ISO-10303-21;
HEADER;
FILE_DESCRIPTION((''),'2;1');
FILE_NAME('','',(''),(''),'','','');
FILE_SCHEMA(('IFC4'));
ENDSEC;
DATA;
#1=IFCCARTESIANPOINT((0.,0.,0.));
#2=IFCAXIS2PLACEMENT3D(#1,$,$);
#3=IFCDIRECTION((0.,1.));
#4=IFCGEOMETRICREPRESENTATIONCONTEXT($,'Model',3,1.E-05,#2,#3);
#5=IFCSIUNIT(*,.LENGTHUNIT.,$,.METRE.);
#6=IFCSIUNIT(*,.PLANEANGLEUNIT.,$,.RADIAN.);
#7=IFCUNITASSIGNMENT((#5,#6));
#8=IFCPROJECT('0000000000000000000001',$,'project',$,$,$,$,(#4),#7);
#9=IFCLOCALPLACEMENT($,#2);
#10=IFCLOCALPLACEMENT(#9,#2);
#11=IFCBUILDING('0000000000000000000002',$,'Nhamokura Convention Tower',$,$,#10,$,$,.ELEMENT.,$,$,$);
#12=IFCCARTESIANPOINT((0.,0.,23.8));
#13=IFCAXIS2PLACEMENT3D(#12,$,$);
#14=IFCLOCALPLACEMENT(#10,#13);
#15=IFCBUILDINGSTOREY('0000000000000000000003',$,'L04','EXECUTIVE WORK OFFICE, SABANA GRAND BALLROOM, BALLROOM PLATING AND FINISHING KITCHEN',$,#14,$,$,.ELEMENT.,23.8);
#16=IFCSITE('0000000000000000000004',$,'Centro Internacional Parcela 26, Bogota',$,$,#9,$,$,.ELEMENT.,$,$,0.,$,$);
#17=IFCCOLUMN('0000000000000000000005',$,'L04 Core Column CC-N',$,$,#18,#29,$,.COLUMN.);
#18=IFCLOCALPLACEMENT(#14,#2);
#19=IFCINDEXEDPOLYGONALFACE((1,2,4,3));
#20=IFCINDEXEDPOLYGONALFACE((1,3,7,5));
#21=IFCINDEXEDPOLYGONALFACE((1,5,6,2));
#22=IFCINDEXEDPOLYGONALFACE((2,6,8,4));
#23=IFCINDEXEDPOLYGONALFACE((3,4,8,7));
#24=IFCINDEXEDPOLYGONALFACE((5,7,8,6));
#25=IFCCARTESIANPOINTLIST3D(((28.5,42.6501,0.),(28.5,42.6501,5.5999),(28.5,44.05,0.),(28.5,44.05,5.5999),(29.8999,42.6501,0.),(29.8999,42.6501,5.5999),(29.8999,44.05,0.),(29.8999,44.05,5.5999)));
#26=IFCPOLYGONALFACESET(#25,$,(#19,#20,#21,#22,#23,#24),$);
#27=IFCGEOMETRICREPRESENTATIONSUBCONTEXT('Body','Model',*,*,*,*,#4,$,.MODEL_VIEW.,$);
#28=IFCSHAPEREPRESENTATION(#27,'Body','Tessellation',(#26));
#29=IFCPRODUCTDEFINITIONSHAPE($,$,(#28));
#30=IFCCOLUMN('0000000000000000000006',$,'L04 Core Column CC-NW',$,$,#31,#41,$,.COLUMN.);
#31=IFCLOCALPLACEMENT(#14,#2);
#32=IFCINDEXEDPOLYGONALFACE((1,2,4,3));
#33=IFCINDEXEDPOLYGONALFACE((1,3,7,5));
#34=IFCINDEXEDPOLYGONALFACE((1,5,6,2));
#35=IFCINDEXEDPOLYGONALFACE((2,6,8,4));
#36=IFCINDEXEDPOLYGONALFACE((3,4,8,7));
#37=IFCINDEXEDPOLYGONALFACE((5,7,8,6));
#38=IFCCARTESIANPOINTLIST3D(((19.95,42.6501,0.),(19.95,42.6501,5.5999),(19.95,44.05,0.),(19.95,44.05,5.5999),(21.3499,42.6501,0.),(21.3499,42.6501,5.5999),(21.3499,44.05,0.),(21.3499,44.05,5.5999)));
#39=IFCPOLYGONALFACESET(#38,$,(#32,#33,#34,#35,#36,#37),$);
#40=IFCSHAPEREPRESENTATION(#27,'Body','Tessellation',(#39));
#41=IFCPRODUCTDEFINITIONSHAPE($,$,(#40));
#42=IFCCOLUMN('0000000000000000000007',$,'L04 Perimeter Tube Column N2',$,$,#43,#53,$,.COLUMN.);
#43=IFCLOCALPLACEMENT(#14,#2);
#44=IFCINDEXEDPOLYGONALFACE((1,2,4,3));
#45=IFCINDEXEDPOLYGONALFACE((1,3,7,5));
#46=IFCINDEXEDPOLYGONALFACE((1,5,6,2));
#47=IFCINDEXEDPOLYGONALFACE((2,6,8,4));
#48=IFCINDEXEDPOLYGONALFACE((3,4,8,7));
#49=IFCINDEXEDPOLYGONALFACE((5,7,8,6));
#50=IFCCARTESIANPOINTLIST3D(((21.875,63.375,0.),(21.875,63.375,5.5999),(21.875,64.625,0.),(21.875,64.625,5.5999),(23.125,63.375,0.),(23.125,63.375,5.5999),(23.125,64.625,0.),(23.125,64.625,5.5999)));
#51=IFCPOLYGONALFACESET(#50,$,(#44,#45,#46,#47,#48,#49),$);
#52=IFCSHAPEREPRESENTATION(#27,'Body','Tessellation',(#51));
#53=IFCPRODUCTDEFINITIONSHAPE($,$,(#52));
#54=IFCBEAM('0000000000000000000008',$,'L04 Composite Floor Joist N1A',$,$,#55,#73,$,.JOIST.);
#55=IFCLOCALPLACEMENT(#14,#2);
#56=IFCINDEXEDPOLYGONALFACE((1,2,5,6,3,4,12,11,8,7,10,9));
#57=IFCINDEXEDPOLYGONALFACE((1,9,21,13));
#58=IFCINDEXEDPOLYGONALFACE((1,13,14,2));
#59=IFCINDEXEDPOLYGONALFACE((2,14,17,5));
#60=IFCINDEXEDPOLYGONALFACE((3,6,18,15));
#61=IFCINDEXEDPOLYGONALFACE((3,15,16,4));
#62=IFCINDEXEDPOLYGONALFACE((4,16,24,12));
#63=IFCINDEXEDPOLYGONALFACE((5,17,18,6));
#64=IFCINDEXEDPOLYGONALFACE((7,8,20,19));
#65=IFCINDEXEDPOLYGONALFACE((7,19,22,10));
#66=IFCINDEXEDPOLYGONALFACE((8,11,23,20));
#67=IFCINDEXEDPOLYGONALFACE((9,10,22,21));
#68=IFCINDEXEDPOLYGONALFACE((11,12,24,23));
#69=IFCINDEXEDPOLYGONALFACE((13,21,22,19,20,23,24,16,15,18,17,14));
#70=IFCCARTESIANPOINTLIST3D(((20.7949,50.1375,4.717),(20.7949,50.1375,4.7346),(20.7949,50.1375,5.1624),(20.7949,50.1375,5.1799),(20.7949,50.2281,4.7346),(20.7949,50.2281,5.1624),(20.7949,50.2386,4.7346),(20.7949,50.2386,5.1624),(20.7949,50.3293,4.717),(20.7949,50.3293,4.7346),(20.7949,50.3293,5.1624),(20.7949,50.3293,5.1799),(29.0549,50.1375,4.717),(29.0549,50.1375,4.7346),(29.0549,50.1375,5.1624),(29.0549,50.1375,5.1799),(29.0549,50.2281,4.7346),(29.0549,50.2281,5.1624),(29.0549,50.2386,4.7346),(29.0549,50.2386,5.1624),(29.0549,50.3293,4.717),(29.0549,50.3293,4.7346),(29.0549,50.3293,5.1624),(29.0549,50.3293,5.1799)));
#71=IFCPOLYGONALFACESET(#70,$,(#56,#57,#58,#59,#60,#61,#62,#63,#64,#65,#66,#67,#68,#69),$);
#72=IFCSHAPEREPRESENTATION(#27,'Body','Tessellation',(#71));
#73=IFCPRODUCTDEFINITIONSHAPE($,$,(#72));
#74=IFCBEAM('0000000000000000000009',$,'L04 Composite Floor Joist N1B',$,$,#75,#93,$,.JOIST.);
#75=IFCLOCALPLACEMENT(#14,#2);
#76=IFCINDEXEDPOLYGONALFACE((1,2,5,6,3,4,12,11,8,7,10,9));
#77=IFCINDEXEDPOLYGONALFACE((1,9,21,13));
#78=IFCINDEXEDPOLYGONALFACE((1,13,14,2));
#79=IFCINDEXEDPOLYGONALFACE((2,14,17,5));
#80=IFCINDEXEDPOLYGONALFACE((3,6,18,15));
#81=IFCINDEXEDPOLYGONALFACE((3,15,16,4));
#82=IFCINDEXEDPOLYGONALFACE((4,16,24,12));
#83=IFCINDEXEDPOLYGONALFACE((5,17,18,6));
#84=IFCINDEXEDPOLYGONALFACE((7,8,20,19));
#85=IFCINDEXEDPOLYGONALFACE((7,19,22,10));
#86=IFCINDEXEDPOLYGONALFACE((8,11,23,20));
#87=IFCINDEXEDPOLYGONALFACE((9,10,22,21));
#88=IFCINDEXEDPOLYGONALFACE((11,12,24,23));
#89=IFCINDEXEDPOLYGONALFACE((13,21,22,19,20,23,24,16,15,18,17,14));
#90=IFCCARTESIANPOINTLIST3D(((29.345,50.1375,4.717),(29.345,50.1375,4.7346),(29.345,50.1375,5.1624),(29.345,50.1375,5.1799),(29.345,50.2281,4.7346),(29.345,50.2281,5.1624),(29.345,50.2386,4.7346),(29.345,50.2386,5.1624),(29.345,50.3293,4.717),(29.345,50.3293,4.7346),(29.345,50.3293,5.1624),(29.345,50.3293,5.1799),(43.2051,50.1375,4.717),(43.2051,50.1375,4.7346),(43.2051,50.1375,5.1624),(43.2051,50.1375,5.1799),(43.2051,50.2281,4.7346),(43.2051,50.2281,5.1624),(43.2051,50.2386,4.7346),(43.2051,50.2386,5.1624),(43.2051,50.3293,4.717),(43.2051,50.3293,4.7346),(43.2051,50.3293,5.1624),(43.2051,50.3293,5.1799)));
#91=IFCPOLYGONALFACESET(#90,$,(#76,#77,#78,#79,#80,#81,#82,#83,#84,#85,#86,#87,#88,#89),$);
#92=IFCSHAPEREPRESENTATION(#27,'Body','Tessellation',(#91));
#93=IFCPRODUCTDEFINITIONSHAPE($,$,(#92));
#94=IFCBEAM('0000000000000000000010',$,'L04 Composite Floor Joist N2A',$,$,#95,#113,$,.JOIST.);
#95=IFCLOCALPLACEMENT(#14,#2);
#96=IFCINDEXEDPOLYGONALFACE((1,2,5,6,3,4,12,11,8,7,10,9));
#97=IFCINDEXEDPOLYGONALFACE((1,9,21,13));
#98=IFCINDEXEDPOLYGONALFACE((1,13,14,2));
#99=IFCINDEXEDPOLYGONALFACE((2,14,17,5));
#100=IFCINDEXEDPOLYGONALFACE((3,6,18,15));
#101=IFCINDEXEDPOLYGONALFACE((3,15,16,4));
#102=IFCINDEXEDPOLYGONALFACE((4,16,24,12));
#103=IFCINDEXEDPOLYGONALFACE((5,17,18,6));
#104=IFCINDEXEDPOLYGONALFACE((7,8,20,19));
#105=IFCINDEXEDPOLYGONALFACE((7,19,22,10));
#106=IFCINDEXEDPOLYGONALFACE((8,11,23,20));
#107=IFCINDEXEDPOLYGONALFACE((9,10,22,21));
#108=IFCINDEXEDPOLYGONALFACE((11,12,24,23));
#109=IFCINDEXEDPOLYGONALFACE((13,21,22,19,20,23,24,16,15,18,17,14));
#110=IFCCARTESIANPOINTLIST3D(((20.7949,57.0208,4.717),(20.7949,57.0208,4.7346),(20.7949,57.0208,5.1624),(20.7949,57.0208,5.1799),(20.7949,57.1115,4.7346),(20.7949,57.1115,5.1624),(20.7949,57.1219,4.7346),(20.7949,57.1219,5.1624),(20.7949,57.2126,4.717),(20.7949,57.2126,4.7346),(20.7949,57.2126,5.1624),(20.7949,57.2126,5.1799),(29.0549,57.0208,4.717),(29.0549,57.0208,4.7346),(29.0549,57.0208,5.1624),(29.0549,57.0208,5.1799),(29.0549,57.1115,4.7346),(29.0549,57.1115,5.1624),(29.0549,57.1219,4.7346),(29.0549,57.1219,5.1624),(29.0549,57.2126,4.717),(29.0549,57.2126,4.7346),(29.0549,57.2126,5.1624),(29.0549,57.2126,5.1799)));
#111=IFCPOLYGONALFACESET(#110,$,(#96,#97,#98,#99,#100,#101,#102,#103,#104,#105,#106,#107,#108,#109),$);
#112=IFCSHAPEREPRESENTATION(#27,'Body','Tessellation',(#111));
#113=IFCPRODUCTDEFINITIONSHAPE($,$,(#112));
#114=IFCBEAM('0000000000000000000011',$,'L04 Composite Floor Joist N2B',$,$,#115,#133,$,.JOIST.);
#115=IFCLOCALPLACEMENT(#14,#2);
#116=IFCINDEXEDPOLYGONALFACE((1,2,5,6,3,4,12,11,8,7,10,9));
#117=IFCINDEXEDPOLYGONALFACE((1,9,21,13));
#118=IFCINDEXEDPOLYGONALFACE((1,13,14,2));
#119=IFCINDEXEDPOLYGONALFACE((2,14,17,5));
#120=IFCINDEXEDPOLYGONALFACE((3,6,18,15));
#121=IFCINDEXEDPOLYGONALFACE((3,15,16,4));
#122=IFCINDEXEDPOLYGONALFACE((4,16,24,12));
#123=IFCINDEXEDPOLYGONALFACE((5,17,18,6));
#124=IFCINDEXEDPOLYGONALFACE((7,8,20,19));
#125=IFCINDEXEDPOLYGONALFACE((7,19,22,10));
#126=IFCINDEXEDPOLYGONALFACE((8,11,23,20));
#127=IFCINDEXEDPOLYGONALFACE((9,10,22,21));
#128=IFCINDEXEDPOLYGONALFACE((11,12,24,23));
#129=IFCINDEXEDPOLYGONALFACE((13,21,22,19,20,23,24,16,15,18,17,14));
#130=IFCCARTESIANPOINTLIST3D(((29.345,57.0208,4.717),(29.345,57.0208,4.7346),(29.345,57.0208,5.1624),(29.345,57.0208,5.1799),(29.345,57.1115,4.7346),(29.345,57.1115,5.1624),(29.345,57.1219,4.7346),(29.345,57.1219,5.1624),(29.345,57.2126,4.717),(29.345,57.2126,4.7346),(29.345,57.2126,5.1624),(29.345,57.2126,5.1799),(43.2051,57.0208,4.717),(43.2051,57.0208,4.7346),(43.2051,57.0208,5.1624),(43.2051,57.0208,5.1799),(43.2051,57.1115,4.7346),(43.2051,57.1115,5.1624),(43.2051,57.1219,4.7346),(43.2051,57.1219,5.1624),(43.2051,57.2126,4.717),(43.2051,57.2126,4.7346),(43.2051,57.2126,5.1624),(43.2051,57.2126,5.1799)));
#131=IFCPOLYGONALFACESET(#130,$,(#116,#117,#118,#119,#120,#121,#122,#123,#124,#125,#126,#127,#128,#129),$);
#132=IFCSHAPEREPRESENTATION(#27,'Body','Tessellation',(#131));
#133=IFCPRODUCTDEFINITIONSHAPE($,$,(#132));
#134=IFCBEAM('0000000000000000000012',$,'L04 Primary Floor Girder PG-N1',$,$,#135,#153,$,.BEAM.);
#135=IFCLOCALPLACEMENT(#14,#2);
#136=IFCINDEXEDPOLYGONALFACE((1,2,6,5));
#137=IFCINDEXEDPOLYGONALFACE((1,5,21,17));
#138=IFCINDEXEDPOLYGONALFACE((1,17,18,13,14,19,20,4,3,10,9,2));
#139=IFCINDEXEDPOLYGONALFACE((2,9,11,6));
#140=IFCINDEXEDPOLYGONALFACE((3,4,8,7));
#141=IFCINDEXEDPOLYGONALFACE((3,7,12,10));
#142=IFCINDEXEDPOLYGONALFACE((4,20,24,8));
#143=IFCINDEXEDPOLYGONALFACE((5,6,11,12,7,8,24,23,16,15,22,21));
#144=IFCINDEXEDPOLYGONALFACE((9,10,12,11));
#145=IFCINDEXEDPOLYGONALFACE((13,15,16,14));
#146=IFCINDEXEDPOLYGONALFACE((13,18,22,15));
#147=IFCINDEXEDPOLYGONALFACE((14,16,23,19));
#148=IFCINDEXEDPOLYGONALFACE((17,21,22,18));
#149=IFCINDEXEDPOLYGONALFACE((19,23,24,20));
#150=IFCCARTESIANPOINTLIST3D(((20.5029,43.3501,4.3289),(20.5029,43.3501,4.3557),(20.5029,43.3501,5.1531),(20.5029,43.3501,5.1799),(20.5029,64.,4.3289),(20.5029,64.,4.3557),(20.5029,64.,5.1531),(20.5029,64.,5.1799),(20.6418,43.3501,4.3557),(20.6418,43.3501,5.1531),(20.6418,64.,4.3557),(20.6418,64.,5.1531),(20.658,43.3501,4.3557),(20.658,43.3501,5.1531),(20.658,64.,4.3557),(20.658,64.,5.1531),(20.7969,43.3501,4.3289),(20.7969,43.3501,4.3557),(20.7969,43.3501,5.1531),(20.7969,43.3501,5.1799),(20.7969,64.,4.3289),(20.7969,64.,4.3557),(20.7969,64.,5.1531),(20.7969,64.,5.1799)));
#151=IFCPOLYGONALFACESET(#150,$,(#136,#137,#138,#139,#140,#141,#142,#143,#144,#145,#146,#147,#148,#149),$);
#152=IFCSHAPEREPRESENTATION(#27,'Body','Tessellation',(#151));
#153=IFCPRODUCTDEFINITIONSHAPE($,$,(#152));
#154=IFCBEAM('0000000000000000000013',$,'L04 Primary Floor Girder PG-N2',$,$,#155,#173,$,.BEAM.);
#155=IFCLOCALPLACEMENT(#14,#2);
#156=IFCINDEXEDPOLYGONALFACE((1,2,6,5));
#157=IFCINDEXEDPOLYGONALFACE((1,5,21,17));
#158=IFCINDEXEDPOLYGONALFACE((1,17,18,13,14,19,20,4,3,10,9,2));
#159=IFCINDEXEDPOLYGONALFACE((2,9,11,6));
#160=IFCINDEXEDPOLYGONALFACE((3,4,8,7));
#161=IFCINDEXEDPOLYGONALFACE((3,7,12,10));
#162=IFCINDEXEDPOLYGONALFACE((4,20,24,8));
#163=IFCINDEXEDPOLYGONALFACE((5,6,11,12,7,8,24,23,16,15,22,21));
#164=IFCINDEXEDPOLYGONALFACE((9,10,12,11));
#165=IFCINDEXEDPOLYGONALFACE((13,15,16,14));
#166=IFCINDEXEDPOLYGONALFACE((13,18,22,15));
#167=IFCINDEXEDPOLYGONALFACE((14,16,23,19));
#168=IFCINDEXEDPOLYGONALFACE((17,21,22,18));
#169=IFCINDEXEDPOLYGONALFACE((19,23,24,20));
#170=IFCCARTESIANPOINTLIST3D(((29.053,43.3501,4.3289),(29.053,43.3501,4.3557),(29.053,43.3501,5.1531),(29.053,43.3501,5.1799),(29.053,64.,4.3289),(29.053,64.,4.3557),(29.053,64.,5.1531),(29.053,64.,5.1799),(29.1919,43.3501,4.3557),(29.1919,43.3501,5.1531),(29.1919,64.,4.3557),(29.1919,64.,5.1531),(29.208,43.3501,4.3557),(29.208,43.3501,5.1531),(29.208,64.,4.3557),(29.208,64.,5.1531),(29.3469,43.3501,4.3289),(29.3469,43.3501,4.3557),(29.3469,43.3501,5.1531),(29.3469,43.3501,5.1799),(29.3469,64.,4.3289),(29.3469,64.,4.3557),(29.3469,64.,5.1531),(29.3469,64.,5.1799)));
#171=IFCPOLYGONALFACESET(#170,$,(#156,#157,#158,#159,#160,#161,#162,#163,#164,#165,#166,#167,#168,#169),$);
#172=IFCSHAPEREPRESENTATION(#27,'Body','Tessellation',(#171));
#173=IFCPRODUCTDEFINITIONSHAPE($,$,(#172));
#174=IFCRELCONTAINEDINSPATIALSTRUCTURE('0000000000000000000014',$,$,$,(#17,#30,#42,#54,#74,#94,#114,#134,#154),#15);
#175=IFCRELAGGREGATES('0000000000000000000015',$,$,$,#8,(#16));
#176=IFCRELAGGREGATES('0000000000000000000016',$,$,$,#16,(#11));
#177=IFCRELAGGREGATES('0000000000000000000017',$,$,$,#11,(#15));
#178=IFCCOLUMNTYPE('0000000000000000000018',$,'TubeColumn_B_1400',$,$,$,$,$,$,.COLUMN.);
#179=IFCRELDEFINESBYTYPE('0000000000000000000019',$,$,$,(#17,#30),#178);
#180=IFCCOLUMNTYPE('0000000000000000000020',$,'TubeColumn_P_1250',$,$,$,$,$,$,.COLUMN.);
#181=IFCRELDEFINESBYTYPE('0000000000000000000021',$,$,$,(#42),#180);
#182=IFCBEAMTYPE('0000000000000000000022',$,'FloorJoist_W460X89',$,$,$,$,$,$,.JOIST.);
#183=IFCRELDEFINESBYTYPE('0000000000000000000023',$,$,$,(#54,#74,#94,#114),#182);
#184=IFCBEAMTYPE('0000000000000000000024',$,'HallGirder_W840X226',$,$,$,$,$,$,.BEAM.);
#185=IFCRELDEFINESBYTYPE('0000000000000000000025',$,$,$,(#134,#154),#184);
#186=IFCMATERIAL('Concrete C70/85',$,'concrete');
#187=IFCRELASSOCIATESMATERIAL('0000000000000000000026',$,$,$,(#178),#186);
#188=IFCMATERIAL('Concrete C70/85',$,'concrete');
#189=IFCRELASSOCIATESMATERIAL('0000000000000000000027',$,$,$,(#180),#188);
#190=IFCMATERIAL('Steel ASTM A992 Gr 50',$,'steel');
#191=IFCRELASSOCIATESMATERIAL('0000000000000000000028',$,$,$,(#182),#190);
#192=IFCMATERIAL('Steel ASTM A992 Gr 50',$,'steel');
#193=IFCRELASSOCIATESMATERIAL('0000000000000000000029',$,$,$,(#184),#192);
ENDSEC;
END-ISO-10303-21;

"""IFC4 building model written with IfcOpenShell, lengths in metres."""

from ifc_helpers import new_model, si_unit, direction, frame, origin, origin_2d, place, context, subcontext, project, spatial, rectangle, i_section, extrude, material, material_profile, profile_set, type_object, element, save


model = new_model("IFC4")

# Units and contexts
model_context = context("Model", 3, precision=1e-05, world=origin(), true_north=direction((0.0, 1.0)))
body_context = subcontext(model_context, "Body", "Model", "MODEL_VIEW")
ifc_project = project(units=[si_unit("LENGTHUNIT", "METRE"), si_unit("PLANEANGLEUNIT", "RADIAN")], contexts=[model_context])

# Site, building, storey
site_placement = place(None, origin())
site = spatial("IfcSite", under=ifc_project, at=site_placement, Name="Centro Internacional Parcela 26, Bogota", CompositionType="ELEMENT", RefElevation=0.0)
building_placement = place(site_placement, origin())
building = spatial("IfcBuilding", under=site, at=building_placement, Name="Nhamokura Convention Tower", CompositionType="ELEMENT")
storey_placement = place(building_placement, frame((0.0, 0.0, 23.8)))
storey = spatial("IfcBuildingStorey", under=building, at=storey_placement, Name="L04", Description="EXECUTIVE WORK OFFICE, SABANA GRAND BALLROOM, BALLROOM PLATING AND FINISHING KITCHEN", CompositionType="ELEMENT", Elevation=23.8)

# Columns
ifc_material_1 = material(Name="Concrete C70/85", Category="concrete")
ifc_material_profile_1 = material_profile(ifc_material_1, rectangle(XDim=1.3999, YDim=1.3999, at=origin_2d()))
ifc_profile_set_1 = profile_set([ifc_material_profile_1], Name="Concrete C70/85")
column_type_1 = type_object("IfcColumnType", Name="TubeColumn_B_1400", PredefinedType="COLUMN", material=ifc_profile_set_1)
for number, where, z_axis, x_axis, name in (
    (1, (29.2, 43.3501, 0.0), (0.0, 0.0, 1.0), (1.0, 0.0, 0.0), "L04 Core Column CC-N"),
    (2, (20.6499, 43.3501, 0.0), (0.0, 0.0, 1.0), (1.0, 0.0, 0.0), "L04 Core Column CC-NW"),
):
    element("IfcColumn", number, at=place(storey_placement, frame(where, z_axis=z_axis, x_axis=x_axis)), inside=storey, type_object=column_type_1, Name=name, PredefinedType="COLUMN", context=body_context, shape_type="SweptSolid", body=[
        extrude(rectangle(XDim=1.3999, YDim=1.3999, at=origin_2d()), origin(), (0.0, 0.0, 1.0), 5.5999),
    ])
ifc_material_2 = material(Name="Concrete C70/85", Category="concrete")
ifc_material_profile_2 = material_profile(ifc_material_2, rectangle(XDim=1.25, YDim=1.25, at=origin_2d()))
ifc_profile_set_2 = profile_set([ifc_material_profile_2], Name="Concrete C70/85")
column_type_2 = type_object("IfcColumnType", Name="TubeColumn_P_1250", PredefinedType="COLUMN", material=ifc_profile_set_2)
column_placement = place(storey_placement, frame((22.5, 64.0, 0.0), z_axis=(0.0, 0.0, 1.0), x_axis=(1.0, 0.0, 0.0)))
element("IfcColumn", 3, at=column_placement, inside=storey, type_object=column_type_2, Name="L04 Perimeter Tube Column N2", PredefinedType="COLUMN", context=body_context, shape_type="SweptSolid", body=[
    extrude(rectangle(XDim=1.25, YDim=1.25, at=origin_2d()), origin(), (0.0, 0.0, 1.0), 5.5999),
])

# Beams
ifc_material_3 = material(Name="Steel ASTM A992 Gr 50", Category="steel")
ifc_material_profile_3 = material_profile(ifc_material_3, i_section(OverallWidth=0.1919, OverallDepth=0.4629, WebThickness=0.0105, FlangeThickness=0.0176, at=origin_2d()))
ifc_profile_set_3 = profile_set([ifc_material_profile_3], Name="Steel ASTM A992 Gr 50")
beam_type_1 = type_object("IfcBeamType", Name="FloorJoist_W460X89", PredefinedType="JOIST", material=ifc_profile_set_3)
beam_1_placement = place(storey_placement, frame((20.7949, 50.2334, 4.9485), z_axis=(1.0, 0.0, 0.0), x_axis=(0.0, 1.0, 0.0)))
element("IfcBeam", 4, at=beam_1_placement, inside=storey, type_object=beam_type_1, Name="L04 Composite Floor Joist N1A", PredefinedType="JOIST", context=body_context, shape_type="SweptSolid", body=[
    extrude(i_section(OverallWidth=0.1919, OverallDepth=0.4629, WebThickness=0.0105, FlangeThickness=0.0176, at=origin_2d()), origin(), (0.0, 0.0, 1.0), 8.26),
])
beam_2_placement = place(storey_placement, frame((29.345, 50.2334, 4.9485), z_axis=(1.0, 0.0, 0.0), x_axis=(0.0, 1.0, 0.0)))
element("IfcBeam", 5, at=beam_2_placement, inside=storey, type_object=beam_type_1, Name="L04 Composite Floor Joist N1B", PredefinedType="JOIST", context=body_context, shape_type="SweptSolid", body=[
    extrude(i_section(OverallWidth=0.1919, OverallDepth=0.4629, WebThickness=0.0105, FlangeThickness=0.0176, at=origin_2d()), origin(), (0.0, 0.0, 1.0), 13.8601),
])
beam_3_placement = place(storey_placement, frame((20.7949, 57.1167, 4.9485), z_axis=(1.0, 0.0, 0.0), x_axis=(0.0, 1.0, 0.0)))
element("IfcBeam", 6, at=beam_3_placement, inside=storey, type_object=beam_type_1, Name="L04 Composite Floor Joist N2A", PredefinedType="JOIST", context=body_context, shape_type="SweptSolid", body=[
    extrude(i_section(OverallWidth=0.1919, OverallDepth=0.4629, WebThickness=0.0105, FlangeThickness=0.0176, at=origin_2d()), origin(), (0.0, 0.0, 1.0), 8.26),
])
beam_4_placement = place(storey_placement, frame((29.345, 57.1167, 4.9485), z_axis=(1.0, 0.0, 0.0), x_axis=(0.0, 1.0, 0.0)))
element("IfcBeam", 7, at=beam_4_placement, inside=storey, type_object=beam_type_1, Name="L04 Composite Floor Joist N2B", PredefinedType="JOIST", context=body_context, shape_type="SweptSolid", body=[
    extrude(i_section(OverallWidth=0.1919, OverallDepth=0.4629, WebThickness=0.0105, FlangeThickness=0.0176, at=origin_2d()), origin(), (0.0, 0.0, 1.0), 13.8601),
])
ifc_material_4 = material(Name="Steel ASTM A992 Gr 50", Category="steel")
ifc_material_profile_4 = material_profile(ifc_material_4, i_section(OverallWidth=0.2939, OverallDepth=0.8511, WebThickness=0.0161, FlangeThickness=0.0269, at=origin_2d()))
ifc_profile_set_4 = profile_set([ifc_material_profile_4], Name="Steel ASTM A992 Gr 50")
beam_type_2 = type_object("IfcBeamType", Name="HallGirder_W840X226", PredefinedType="BEAM", material=ifc_profile_set_4)
for number, where, z_axis, x_axis, name in (
    (8, (20.6499, 43.3501, 4.7544), (0.0, 1.0, 0.0), (-1.0, 0.0, 0.0), "L04 Primary Floor Girder PG-N1"),
    (9, (29.2, 43.3501, 4.7544), (0.0, 1.0, 0.0), (-1.0, 0.0, 0.0), "L04 Primary Floor Girder PG-N2"),
):
    element("IfcBeam", number, at=place(storey_placement, frame(where, z_axis=z_axis, x_axis=x_axis)), inside=storey, type_object=beam_type_2, Name=name, PredefinedType="BEAM", context=body_context, shape_type="SweptSolid", body=[
        extrude(i_section(OverallWidth=0.2939, OverallDepth=0.8511, WebThickness=0.0161, FlangeThickness=0.0269, at=origin_2d()), origin(), (0.0, 0.0, 1.0), 20.6499),
    ])

save(model, "model.ifc")
